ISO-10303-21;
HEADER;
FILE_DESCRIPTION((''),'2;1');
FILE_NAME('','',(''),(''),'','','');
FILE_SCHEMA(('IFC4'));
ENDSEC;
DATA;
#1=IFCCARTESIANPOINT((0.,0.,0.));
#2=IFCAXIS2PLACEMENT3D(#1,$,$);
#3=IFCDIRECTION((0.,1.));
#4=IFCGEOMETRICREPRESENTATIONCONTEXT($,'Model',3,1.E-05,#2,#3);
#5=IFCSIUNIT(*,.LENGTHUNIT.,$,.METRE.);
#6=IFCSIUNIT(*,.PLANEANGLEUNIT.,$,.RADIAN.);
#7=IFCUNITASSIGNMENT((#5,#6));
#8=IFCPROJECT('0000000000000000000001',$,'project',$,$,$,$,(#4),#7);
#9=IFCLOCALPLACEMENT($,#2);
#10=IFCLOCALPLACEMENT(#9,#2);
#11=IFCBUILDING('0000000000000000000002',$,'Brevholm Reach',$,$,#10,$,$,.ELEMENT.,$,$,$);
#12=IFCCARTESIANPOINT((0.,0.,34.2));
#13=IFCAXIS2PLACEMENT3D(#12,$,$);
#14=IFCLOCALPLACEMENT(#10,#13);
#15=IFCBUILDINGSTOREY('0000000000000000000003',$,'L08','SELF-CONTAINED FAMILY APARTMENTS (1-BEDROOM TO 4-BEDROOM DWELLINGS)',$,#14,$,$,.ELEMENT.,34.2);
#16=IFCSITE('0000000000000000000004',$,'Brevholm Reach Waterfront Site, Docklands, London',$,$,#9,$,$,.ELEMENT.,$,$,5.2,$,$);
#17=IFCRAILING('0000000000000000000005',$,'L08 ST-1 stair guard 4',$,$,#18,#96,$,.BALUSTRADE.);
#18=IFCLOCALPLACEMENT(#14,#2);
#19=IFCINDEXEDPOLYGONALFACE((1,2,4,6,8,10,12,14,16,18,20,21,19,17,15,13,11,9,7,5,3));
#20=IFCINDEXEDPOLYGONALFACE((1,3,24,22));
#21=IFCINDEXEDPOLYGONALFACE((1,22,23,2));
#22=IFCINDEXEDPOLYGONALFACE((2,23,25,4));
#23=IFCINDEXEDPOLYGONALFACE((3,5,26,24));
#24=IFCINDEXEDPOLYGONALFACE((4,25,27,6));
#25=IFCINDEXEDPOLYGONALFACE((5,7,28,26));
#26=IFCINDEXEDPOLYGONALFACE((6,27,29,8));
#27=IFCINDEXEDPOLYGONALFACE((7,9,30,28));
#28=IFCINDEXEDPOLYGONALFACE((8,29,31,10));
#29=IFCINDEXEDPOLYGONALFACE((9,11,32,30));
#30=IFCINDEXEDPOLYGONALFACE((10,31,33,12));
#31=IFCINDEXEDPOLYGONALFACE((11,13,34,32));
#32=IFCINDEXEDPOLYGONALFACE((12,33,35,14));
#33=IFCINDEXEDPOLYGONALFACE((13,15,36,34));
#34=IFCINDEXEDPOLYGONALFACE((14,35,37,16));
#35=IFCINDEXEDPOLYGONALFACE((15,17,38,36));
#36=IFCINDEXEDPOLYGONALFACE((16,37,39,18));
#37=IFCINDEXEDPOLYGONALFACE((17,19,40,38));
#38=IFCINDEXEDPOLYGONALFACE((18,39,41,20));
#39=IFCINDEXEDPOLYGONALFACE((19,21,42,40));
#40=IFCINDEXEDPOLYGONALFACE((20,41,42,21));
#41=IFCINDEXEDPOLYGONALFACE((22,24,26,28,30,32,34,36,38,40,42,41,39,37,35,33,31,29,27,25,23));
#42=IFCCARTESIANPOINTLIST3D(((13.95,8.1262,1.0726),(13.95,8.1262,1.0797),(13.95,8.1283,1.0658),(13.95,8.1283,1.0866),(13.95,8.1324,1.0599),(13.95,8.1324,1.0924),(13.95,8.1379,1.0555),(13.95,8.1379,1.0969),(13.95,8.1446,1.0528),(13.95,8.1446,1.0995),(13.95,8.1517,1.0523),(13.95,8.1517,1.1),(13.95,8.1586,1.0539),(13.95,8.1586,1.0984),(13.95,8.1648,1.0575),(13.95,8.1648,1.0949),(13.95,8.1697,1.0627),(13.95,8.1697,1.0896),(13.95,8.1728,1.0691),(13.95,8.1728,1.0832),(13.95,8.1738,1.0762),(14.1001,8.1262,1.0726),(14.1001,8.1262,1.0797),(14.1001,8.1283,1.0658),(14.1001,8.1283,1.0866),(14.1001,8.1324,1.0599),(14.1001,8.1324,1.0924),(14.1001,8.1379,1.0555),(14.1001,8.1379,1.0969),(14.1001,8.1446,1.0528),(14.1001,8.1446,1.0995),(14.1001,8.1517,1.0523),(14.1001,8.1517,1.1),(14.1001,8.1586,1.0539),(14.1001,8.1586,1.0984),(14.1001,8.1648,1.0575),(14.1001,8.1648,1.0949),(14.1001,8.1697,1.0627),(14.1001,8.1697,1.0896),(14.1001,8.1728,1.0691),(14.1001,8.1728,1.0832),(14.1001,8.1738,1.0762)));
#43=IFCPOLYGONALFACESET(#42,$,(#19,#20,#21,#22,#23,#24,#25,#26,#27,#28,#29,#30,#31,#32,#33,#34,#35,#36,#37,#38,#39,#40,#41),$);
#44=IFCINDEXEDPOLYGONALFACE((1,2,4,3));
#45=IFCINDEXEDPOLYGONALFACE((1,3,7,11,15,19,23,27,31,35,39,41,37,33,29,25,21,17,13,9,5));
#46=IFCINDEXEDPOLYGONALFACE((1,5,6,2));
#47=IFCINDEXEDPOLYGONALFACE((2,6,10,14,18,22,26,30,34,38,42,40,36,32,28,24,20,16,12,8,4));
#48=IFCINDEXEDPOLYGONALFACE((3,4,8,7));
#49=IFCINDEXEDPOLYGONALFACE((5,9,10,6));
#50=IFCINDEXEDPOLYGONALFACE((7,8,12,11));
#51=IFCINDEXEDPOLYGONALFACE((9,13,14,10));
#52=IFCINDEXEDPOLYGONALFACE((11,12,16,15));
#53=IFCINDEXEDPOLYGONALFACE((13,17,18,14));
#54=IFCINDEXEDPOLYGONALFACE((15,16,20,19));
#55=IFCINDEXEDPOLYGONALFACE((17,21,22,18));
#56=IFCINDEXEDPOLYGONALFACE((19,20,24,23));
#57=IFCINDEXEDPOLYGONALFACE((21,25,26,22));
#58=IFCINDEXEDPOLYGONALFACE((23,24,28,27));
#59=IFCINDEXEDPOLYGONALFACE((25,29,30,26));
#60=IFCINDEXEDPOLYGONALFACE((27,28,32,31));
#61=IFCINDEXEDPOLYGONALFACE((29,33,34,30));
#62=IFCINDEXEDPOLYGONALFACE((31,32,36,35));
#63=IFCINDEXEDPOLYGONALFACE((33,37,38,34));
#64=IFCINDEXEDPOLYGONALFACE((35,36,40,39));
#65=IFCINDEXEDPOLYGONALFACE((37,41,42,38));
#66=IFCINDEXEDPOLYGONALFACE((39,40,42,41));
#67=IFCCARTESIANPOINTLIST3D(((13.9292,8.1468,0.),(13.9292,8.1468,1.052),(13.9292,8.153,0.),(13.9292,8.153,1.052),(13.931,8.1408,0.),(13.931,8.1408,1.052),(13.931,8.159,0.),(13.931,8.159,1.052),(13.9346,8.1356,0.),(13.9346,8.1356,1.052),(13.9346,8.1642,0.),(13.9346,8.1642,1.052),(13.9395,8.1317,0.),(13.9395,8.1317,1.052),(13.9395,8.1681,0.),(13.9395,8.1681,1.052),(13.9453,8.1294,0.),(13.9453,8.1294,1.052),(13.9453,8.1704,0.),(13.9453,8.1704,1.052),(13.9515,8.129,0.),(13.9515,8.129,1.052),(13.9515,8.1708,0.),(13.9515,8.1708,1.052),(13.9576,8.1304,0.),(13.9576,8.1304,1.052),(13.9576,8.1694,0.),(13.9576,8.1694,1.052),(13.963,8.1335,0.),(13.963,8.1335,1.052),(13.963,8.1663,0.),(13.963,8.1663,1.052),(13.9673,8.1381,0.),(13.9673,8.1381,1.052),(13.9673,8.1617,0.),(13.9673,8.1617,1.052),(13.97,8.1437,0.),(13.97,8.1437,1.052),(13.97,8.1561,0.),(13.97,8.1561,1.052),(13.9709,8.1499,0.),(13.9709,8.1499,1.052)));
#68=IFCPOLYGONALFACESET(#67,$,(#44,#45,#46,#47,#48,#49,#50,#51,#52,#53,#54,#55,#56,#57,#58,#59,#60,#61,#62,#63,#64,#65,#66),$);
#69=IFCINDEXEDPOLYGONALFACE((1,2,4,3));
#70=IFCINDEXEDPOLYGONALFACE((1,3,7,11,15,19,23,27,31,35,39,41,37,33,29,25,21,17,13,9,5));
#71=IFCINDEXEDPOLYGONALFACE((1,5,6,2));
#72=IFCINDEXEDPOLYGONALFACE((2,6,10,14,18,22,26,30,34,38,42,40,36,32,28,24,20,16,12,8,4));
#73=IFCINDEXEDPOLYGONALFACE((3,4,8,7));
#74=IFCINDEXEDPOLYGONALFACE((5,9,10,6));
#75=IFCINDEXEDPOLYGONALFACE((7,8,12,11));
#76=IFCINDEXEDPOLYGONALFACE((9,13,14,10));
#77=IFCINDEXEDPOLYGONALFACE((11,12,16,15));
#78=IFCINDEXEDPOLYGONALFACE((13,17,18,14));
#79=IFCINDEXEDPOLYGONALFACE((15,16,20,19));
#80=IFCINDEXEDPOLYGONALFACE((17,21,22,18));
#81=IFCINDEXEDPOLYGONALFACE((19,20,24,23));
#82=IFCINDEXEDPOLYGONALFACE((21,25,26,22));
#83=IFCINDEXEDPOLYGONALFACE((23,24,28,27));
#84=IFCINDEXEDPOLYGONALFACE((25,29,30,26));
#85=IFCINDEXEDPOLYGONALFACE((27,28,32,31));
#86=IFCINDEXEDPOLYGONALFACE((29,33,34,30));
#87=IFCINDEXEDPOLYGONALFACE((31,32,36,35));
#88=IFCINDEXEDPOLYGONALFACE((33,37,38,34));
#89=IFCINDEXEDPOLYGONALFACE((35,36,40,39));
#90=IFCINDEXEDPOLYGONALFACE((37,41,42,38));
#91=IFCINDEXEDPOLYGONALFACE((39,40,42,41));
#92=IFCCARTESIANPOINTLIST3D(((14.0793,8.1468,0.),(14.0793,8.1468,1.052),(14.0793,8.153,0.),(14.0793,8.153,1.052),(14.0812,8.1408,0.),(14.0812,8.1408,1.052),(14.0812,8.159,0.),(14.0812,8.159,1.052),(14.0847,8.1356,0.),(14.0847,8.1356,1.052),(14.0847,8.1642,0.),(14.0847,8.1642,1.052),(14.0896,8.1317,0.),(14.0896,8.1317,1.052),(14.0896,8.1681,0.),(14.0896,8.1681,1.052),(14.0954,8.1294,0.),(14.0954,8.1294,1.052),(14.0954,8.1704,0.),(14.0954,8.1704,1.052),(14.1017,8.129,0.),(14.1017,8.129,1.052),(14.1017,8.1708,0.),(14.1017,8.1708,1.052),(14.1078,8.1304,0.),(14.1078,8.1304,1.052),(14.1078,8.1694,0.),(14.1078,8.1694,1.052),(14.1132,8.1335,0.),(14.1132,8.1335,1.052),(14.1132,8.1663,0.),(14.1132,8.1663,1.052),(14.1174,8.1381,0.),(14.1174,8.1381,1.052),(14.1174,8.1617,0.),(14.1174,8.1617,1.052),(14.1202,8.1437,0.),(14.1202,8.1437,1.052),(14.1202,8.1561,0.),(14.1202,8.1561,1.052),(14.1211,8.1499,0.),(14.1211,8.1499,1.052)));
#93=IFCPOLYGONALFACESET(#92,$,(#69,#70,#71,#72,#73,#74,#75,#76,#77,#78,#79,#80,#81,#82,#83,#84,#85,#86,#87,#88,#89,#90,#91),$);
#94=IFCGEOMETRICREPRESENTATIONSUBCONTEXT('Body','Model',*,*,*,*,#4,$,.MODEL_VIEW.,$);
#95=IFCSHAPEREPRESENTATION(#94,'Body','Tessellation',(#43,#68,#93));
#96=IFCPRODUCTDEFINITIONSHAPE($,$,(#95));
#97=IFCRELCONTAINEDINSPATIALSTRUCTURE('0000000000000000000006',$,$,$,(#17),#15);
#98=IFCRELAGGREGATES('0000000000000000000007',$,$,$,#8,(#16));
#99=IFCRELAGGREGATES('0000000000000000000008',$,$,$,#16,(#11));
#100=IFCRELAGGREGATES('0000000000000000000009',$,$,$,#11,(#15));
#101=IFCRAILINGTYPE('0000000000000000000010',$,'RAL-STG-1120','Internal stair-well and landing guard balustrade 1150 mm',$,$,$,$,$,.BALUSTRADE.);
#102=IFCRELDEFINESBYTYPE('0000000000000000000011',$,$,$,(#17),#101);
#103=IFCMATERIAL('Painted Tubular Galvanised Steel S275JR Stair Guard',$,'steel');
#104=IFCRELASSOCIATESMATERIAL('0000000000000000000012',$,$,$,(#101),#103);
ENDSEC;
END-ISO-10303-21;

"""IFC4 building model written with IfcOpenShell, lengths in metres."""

from ifc_helpers import new_model, si_unit, direction, frame, origin, origin_2d, place, context, subcontext, project, spatial, circle, extrude, material, type_object, element, save


model = new_model("IFC4")

# Units and contexts
model_context = context("Model", 3, precision=1e-05, world=origin(), true_north=direction((0.0, 1.0)))
body_context = subcontext(model_context, "Body", "Model", "MODEL_VIEW")
ifc_project = project(units=[si_unit("LENGTHUNIT", "METRE"), si_unit("PLANEANGLEUNIT", "RADIAN")], contexts=[model_context])

# Site, building, storey
site_placement = place(None, origin())
site = spatial("IfcSite", under=ifc_project, at=site_placement, Name="Brevholm Reach Waterfront Site, Docklands, London", CompositionType="ELEMENT", RefElevation=5.2)
building_placement = place(site_placement, origin())
building = spatial("IfcBuilding", under=site, at=building_placement, Name="Brevholm Reach", CompositionType="ELEMENT")
storey_placement = place(building_placement, frame((0.0, 0.0, 34.2)))
storey = spatial("IfcBuildingStorey", under=building, at=storey_placement, Name="L08", Description="SELF-CONTAINED FAMILY APARTMENTS (1-BEDROOM TO 4-BEDROOM DWELLINGS)", CompositionType="ELEMENT", Elevation=34.2)

# Railing
ifc_material_1 = material(Name="Painted Tubular Galvanised Steel S275JR Stair Guard", Category="steel")
railing_type_1 = type_object("IfcRailingType", Name="RAL-STG-1120", Description="Internal stair-well and landing guard balustrade 1150 mm", PredefinedType="BALUSTRADE", material=ifc_material_1)
railing_1_placement = place(storey_placement, frame((13.95, 8.1499, 0.0)))
element("IfcRailing", 1, at=railing_1_placement, inside=storey, type_object=railing_type_1, Name="L08 ST-1 stair guard 4", PredefinedType="BALUSTRADE", context=body_context, shape_type="SweptSolid", body=[
    extrude(circle(Radius=0.0239, at=origin_2d()), frame((0.0, 0.0, 1.0762), z_axis=(1.0, 0.0, 0.0), x_axis=(0.0, 1.0, 0.0)), (0.0, 0.0, 1.0), 0.1501),
    extrude(circle(Radius=0.021, at=origin_2d()), origin(), (0.0, 0.0, 1.0), 1.052),
    extrude(circle(Radius=0.021, at=origin_2d()), frame((0.1501, 0.0, 0.0)), (0.0, 0.0, 1.0), 1.052),
])

save(model, "model.ifc")
